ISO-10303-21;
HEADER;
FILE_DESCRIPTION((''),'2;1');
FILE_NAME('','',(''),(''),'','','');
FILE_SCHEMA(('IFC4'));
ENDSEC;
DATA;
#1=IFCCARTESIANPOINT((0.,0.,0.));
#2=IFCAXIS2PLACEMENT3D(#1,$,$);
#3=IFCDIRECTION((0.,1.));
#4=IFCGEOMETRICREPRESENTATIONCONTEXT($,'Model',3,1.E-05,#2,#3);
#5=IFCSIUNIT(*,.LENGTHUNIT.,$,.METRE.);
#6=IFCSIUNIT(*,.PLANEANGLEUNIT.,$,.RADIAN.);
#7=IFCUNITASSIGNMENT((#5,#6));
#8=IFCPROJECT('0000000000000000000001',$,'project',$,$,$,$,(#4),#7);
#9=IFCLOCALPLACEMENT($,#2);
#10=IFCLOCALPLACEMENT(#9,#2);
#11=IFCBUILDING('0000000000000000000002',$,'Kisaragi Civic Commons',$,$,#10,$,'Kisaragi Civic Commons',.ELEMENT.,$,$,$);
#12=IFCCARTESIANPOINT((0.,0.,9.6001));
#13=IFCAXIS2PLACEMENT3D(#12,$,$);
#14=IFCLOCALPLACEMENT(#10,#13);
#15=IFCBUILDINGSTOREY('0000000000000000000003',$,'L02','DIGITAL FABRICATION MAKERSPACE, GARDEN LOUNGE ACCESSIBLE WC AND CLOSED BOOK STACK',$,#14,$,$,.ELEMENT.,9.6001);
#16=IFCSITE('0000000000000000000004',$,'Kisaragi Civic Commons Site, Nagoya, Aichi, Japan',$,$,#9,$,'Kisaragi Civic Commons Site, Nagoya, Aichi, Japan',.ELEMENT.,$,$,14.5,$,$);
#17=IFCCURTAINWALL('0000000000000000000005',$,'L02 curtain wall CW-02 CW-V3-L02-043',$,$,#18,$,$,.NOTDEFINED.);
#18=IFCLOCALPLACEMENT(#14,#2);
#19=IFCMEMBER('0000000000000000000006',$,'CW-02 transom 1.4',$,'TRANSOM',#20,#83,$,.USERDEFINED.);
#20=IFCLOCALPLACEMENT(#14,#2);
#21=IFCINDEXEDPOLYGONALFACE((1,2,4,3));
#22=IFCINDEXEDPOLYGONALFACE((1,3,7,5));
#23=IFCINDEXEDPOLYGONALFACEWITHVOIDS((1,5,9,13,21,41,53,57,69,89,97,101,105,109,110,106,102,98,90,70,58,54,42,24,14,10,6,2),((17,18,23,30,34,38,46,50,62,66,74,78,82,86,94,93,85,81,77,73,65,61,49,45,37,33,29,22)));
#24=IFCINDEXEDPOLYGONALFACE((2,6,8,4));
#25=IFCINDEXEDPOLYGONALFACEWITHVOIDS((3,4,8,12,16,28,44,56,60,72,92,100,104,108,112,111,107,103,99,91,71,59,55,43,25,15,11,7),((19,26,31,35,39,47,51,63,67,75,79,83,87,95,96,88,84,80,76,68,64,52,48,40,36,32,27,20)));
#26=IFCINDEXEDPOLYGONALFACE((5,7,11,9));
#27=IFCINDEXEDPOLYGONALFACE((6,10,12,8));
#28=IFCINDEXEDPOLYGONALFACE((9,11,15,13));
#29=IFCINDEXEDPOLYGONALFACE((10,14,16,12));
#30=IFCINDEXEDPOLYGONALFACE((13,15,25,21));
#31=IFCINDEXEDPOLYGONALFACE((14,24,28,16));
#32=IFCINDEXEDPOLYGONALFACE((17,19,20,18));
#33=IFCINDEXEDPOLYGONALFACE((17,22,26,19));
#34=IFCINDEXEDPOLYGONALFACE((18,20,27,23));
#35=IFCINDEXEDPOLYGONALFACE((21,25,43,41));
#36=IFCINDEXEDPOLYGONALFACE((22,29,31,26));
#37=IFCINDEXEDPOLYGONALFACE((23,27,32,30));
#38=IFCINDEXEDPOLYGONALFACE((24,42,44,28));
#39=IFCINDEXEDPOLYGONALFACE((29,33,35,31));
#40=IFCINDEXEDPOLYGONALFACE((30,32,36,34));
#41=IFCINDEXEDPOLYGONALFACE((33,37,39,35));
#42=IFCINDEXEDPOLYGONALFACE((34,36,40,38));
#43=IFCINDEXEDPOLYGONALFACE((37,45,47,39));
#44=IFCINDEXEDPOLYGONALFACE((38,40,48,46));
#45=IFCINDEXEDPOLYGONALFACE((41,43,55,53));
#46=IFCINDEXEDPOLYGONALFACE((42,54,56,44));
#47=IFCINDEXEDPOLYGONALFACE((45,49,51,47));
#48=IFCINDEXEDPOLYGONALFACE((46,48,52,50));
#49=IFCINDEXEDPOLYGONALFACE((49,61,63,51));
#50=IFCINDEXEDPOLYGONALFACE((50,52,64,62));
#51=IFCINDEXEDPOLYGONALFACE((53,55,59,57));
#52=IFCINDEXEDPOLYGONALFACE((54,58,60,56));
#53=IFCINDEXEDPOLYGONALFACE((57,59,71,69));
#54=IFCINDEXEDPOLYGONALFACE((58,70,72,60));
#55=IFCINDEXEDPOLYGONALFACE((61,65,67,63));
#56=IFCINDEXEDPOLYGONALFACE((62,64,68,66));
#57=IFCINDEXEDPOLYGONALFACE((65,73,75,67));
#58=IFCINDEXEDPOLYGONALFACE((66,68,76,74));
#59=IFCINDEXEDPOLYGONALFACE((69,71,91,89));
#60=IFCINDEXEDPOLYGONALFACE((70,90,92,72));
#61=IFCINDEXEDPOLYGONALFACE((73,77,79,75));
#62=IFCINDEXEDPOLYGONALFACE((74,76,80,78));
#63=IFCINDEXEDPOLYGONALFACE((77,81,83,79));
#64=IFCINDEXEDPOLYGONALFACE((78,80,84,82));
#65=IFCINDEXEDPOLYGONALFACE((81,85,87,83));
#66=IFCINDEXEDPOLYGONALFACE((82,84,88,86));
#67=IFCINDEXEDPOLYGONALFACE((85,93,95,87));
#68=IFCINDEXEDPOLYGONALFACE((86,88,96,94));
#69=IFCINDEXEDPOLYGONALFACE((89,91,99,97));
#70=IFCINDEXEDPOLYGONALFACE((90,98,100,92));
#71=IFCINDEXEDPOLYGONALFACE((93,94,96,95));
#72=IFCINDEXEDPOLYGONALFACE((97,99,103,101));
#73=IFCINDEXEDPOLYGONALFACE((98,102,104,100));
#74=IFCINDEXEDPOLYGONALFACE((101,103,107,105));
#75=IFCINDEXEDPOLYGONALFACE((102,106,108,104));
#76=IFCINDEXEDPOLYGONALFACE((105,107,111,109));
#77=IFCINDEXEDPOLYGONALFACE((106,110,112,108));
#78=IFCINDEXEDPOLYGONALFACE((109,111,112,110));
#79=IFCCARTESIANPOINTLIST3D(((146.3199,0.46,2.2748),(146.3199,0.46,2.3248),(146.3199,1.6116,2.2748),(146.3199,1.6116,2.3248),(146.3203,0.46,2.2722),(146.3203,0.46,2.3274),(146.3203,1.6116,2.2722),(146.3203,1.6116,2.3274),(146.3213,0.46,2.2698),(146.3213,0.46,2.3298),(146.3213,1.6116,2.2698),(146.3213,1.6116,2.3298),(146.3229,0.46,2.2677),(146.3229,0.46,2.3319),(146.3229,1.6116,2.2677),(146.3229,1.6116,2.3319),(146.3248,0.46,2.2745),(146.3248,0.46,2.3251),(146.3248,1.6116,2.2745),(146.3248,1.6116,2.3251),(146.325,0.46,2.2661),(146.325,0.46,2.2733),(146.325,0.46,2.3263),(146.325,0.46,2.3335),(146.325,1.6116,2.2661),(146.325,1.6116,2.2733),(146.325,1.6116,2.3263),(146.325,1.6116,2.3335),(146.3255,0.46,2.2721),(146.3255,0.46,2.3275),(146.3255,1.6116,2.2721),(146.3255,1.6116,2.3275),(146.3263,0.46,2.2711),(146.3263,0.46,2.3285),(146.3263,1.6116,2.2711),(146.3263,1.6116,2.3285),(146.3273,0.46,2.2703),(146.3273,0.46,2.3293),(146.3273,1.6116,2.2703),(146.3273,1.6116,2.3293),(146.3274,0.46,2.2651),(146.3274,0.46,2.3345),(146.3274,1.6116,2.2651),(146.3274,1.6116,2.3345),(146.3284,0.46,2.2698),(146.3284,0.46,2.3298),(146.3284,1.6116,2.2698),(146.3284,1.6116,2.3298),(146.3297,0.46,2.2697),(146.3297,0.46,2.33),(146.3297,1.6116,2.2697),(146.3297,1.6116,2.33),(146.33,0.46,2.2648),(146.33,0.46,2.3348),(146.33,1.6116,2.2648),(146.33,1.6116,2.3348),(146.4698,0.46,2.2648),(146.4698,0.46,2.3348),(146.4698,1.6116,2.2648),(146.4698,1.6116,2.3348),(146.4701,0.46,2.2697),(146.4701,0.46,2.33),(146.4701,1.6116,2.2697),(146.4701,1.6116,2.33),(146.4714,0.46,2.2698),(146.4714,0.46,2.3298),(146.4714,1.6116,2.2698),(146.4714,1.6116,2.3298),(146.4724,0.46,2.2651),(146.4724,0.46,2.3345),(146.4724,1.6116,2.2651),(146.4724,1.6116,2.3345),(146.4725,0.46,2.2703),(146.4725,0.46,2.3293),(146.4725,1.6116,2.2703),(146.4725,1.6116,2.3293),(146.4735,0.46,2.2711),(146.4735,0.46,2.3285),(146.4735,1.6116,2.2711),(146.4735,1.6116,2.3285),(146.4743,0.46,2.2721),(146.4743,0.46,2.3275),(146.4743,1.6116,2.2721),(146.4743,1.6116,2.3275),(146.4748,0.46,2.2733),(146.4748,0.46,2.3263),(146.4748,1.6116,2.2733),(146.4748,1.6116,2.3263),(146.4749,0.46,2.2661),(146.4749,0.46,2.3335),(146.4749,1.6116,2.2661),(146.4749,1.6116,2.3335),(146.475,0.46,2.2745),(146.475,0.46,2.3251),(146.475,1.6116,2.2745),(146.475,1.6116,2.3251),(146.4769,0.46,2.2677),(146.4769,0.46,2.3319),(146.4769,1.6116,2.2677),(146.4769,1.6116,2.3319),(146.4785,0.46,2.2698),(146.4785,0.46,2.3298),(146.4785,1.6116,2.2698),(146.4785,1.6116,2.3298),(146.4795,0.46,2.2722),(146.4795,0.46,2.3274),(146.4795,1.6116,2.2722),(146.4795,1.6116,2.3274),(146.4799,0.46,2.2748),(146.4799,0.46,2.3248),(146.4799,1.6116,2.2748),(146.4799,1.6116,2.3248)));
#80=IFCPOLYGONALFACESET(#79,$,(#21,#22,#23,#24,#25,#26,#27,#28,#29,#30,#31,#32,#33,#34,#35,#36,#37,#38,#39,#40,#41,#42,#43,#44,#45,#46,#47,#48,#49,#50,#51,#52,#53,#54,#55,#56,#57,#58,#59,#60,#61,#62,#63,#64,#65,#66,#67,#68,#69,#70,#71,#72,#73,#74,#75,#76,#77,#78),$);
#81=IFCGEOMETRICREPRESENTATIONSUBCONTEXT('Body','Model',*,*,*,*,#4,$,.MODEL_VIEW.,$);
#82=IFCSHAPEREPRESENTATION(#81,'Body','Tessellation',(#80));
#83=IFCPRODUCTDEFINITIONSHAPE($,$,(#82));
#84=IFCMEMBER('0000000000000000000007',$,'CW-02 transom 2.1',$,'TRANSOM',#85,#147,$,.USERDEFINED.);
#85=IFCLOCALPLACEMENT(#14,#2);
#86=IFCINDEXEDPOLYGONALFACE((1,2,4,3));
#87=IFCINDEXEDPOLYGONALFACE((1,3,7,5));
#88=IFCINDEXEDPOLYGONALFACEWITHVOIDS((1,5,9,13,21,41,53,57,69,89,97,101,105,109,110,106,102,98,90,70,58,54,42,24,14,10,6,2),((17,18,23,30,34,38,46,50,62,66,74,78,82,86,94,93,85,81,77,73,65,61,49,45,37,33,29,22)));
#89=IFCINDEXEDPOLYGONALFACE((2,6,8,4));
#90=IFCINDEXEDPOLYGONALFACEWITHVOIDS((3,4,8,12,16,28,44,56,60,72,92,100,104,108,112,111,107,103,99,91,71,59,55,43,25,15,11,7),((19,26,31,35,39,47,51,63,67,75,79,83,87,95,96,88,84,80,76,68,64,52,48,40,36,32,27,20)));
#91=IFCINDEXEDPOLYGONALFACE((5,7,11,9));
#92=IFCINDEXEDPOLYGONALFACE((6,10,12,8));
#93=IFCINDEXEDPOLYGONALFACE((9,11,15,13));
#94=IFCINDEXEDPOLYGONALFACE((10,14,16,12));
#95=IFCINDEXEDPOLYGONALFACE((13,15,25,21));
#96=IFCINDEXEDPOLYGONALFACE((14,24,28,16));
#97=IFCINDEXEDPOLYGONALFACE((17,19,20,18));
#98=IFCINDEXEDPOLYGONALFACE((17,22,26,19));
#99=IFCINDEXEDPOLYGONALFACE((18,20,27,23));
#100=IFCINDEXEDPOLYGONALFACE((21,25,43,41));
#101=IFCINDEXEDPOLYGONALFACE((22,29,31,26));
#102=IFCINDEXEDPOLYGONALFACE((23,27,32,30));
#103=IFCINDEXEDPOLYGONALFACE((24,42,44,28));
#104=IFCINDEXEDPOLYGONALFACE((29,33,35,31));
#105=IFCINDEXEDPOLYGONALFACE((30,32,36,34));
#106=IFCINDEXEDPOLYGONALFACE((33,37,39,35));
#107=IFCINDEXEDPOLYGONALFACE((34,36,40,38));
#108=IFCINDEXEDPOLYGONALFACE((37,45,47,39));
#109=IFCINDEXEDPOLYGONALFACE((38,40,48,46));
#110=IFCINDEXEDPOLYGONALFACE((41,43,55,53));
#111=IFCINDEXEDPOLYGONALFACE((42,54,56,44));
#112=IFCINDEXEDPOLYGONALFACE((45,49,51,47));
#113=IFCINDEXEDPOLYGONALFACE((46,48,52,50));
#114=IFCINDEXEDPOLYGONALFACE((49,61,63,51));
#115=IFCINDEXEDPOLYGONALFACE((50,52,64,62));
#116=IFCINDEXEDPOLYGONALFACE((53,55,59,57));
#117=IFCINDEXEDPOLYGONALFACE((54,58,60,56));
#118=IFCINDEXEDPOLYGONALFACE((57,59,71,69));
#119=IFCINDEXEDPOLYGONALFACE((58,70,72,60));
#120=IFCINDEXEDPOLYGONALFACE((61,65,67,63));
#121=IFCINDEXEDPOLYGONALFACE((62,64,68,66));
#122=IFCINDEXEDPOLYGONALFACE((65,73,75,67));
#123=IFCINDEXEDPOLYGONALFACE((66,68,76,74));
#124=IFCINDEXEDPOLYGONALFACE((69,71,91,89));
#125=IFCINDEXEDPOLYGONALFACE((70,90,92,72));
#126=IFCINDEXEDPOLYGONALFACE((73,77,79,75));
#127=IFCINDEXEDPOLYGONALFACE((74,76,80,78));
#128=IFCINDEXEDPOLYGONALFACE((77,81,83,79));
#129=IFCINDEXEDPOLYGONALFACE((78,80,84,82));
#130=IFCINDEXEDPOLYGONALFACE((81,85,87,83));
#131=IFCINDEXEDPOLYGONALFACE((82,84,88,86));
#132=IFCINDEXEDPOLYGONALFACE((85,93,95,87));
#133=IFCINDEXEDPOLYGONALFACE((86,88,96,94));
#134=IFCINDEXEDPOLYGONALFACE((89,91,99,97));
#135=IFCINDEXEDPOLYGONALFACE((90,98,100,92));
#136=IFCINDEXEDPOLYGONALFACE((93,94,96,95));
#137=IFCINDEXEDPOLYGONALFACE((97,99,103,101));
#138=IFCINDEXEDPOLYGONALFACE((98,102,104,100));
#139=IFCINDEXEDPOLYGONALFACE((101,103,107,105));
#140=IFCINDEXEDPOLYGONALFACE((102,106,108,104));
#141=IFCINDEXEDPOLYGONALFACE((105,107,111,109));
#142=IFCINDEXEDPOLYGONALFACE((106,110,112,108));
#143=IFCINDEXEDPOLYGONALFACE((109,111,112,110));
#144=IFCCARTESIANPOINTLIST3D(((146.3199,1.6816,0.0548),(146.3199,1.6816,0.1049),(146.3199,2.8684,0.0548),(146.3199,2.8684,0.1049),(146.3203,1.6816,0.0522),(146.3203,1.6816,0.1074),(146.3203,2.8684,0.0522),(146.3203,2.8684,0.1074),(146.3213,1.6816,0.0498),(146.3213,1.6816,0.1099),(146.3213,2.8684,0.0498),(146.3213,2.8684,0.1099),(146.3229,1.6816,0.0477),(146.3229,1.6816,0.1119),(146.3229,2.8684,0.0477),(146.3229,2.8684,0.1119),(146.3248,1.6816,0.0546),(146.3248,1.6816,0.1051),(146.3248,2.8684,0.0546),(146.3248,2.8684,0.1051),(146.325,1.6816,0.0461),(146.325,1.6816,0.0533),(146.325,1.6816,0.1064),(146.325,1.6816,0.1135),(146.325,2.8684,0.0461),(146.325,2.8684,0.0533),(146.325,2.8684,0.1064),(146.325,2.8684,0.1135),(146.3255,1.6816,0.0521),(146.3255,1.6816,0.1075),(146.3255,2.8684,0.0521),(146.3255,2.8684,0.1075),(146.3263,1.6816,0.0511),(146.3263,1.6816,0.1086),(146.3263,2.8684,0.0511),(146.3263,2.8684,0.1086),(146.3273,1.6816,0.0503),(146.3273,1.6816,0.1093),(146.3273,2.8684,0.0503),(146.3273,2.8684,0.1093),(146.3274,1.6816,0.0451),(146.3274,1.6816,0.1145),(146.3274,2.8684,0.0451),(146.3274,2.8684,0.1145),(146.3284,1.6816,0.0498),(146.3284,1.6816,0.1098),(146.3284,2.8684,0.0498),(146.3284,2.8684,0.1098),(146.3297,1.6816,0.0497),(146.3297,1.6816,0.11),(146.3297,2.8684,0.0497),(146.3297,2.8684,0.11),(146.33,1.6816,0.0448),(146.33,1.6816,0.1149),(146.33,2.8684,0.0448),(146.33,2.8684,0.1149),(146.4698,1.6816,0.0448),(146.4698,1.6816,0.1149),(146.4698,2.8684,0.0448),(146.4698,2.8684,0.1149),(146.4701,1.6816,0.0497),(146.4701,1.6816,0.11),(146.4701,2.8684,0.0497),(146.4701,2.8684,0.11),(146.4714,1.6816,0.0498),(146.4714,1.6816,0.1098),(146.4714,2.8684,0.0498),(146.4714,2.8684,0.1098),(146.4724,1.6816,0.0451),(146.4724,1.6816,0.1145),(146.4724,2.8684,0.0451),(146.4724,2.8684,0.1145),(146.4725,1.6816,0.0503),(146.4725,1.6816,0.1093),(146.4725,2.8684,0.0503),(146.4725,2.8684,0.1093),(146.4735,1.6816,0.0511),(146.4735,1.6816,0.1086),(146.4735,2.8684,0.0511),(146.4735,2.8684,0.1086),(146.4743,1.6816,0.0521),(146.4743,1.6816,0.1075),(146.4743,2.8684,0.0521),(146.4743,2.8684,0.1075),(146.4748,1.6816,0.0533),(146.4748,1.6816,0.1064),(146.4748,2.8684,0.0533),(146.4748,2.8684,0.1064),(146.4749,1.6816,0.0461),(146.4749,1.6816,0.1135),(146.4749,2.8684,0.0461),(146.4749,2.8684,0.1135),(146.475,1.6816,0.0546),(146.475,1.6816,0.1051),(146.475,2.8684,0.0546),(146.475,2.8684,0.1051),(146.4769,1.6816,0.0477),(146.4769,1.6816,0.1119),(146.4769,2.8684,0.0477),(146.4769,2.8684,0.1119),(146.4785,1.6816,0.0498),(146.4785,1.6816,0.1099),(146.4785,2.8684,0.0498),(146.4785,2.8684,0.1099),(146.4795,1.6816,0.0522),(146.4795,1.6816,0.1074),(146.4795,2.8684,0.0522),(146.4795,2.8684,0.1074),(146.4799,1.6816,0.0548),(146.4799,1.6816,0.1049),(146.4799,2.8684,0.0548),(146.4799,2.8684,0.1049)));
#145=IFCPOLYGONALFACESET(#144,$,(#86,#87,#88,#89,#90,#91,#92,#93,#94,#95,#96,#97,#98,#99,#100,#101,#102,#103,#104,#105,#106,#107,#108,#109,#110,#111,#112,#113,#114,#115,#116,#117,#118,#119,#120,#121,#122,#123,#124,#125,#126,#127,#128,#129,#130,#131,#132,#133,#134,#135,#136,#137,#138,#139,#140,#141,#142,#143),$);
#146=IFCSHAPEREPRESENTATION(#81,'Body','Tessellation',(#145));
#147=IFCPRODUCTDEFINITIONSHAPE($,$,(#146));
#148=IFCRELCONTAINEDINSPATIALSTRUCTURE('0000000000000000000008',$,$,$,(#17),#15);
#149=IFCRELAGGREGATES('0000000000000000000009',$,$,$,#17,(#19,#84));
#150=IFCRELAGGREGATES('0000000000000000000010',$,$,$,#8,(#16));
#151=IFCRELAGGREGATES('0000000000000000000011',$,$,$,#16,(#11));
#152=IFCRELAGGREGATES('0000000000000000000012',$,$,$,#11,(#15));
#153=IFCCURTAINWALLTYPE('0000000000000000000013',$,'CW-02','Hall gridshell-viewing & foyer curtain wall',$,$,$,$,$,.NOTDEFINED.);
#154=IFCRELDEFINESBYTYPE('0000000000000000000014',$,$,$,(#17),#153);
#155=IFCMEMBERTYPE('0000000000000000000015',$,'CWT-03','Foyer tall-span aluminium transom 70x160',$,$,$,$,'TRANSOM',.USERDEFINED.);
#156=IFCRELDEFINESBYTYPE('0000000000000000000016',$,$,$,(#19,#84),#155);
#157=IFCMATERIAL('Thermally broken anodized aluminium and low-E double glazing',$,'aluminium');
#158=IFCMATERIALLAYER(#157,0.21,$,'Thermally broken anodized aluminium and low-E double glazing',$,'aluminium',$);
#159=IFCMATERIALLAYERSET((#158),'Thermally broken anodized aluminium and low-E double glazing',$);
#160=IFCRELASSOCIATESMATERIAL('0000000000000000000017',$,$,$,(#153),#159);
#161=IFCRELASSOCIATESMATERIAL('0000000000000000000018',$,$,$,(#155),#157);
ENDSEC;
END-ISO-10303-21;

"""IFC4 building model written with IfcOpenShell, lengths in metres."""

from ifc_helpers import new_model, si_unit, direction, frame, origin, origin_2d, place, context, subcontext, project, spatial, hollow_rectangle, extrude, material, layer, layer_set, material_profile, profile_set, type_object, element, aggregate, save


model = new_model("IFC4")

# Units and contexts
model_context = context("Model", 3, precision=1e-05, world=origin(), true_north=direction((0.0, 1.0)))
body_context = subcontext(model_context, "Body", "Model", "MODEL_VIEW")
ifc_project = project(units=[si_unit("LENGTHUNIT", "METRE"), si_unit("PLANEANGLEUNIT", "RADIAN")], contexts=[model_context])

# Site, building, storey
site_placement = place(None, origin())
site = spatial("IfcSite", under=ifc_project, at=site_placement, Name="Kisaragi Civic Commons Site, Nagoya, Aichi, Japan", LongName="Kisaragi Civic Commons Site, Nagoya, Aichi, Japan", CompositionType="ELEMENT", RefElevation=14.5)
building_placement = place(site_placement, origin())
building = spatial("IfcBuilding", under=site, at=building_placement, Name="Kisaragi Civic Commons", LongName="Kisaragi Civic Commons", CompositionType="ELEMENT")
storey_placement = place(building_placement, frame((0.0, 0.0, 9.6001)))
storey = spatial("IfcBuildingStorey", under=building, at=storey_placement, Name="L02", Description="DIGITAL FABRICATION MAKERSPACE, GARDEN LOUNGE ACCESSIBLE WC AND CLOSED BOOK STACK", CompositionType="ELEMENT", Elevation=9.6001)

# Curtain wall
ifc_material_1 = material(Name="Thermally broken anodized aluminium and low-E double glazing", Category="aluminium")
ifc_layer_1 = layer(ifc_material_1, 0.21, Name="Thermally broken anodized aluminium and low-E double glazing", Category="aluminium")
ifc_layer_set_1 = layer_set([ifc_layer_1], Name="Thermally broken anodized aluminium and low-E double glazing")
curtain_wall_type = type_object("IfcCurtainWallType", Name="CW-02", Description="Hall gridshell-viewing & foyer curtain wall", PredefinedType="NOTDEFINED", material=ifc_layer_set_1)
curtain_wall_1_placement = place(storey_placement, origin())
curtain_wall_1 = element("IfcCurtainWall", 1, at=curtain_wall_1_placement, inside=storey, type_object=curtain_wall_type, Name="L02 curtain wall CW-02 CW-V3-L02-043", PredefinedType="NOTDEFINED")

# Members
ifc_material_profile_1 = material_profile(ifc_material_1, hollow_rectangle(XDim=0.1599, YDim=0.0701, WallThickness=0.0049, InnerFilletRadius=0.0049, OuterFilletRadius=0.01, at=origin_2d()), Name="CWT-70x160x5", Category="aluminium")
ifc_profile_set_1 = profile_set([ifc_material_profile_1], Name="Thermally broken anodized aluminium and low-E double glazing")
member_type_1 = type_object("IfcMemberType", Name="CWT-03", Description="Foyer tall-span aluminium transom 70x160", ElementType="TRANSOM", PredefinedType="USERDEFINED", material=ifc_profile_set_1)
member_1_placement = place(storey_placement, frame((146.3999, 0.46, 2.2998), z_axis=(0.0, 1.0, 0.0), x_axis=(-1.0, 0.0, 0.0)))
member_1 = element("IfcMember", 2, at=member_1_placement, type_object=member_type_1, Name="CW-02 transom 1.4", ObjectType="TRANSOM", PredefinedType="USERDEFINED", context=body_context, shape_type="SweptSolid", body=[
    extrude(hollow_rectangle(XDim=0.1599, YDim=0.0701, WallThickness=0.0049, InnerFilletRadius=0.0049, OuterFilletRadius=0.01, at=origin_2d()), origin(), (0.0, 0.0, 1.0), 1.1516),
])
member_2_placement = place(storey_placement, frame((146.3999, 1.6816, 0.0798), z_axis=(0.0, 1.0, 0.0), x_axis=(-1.0, 0.0, 0.0)))
member_2 = element("IfcMember", 3, at=member_2_placement, type_object=member_type_1, Name="CW-02 transom 2.1", ObjectType="TRANSOM", PredefinedType="USERDEFINED", context=body_context, shape_type="SweptSolid", body=[
    extrude(hollow_rectangle(XDim=0.1599, YDim=0.0701, WallThickness=0.0049, InnerFilletRadius=0.0049, OuterFilletRadius=0.01, at=origin_2d()), origin(), (0.0, 0.0, 1.0), 1.1868),
])

aggregate(curtain_wall_1, [member_1, member_2])

save(model, "model.ifc")
